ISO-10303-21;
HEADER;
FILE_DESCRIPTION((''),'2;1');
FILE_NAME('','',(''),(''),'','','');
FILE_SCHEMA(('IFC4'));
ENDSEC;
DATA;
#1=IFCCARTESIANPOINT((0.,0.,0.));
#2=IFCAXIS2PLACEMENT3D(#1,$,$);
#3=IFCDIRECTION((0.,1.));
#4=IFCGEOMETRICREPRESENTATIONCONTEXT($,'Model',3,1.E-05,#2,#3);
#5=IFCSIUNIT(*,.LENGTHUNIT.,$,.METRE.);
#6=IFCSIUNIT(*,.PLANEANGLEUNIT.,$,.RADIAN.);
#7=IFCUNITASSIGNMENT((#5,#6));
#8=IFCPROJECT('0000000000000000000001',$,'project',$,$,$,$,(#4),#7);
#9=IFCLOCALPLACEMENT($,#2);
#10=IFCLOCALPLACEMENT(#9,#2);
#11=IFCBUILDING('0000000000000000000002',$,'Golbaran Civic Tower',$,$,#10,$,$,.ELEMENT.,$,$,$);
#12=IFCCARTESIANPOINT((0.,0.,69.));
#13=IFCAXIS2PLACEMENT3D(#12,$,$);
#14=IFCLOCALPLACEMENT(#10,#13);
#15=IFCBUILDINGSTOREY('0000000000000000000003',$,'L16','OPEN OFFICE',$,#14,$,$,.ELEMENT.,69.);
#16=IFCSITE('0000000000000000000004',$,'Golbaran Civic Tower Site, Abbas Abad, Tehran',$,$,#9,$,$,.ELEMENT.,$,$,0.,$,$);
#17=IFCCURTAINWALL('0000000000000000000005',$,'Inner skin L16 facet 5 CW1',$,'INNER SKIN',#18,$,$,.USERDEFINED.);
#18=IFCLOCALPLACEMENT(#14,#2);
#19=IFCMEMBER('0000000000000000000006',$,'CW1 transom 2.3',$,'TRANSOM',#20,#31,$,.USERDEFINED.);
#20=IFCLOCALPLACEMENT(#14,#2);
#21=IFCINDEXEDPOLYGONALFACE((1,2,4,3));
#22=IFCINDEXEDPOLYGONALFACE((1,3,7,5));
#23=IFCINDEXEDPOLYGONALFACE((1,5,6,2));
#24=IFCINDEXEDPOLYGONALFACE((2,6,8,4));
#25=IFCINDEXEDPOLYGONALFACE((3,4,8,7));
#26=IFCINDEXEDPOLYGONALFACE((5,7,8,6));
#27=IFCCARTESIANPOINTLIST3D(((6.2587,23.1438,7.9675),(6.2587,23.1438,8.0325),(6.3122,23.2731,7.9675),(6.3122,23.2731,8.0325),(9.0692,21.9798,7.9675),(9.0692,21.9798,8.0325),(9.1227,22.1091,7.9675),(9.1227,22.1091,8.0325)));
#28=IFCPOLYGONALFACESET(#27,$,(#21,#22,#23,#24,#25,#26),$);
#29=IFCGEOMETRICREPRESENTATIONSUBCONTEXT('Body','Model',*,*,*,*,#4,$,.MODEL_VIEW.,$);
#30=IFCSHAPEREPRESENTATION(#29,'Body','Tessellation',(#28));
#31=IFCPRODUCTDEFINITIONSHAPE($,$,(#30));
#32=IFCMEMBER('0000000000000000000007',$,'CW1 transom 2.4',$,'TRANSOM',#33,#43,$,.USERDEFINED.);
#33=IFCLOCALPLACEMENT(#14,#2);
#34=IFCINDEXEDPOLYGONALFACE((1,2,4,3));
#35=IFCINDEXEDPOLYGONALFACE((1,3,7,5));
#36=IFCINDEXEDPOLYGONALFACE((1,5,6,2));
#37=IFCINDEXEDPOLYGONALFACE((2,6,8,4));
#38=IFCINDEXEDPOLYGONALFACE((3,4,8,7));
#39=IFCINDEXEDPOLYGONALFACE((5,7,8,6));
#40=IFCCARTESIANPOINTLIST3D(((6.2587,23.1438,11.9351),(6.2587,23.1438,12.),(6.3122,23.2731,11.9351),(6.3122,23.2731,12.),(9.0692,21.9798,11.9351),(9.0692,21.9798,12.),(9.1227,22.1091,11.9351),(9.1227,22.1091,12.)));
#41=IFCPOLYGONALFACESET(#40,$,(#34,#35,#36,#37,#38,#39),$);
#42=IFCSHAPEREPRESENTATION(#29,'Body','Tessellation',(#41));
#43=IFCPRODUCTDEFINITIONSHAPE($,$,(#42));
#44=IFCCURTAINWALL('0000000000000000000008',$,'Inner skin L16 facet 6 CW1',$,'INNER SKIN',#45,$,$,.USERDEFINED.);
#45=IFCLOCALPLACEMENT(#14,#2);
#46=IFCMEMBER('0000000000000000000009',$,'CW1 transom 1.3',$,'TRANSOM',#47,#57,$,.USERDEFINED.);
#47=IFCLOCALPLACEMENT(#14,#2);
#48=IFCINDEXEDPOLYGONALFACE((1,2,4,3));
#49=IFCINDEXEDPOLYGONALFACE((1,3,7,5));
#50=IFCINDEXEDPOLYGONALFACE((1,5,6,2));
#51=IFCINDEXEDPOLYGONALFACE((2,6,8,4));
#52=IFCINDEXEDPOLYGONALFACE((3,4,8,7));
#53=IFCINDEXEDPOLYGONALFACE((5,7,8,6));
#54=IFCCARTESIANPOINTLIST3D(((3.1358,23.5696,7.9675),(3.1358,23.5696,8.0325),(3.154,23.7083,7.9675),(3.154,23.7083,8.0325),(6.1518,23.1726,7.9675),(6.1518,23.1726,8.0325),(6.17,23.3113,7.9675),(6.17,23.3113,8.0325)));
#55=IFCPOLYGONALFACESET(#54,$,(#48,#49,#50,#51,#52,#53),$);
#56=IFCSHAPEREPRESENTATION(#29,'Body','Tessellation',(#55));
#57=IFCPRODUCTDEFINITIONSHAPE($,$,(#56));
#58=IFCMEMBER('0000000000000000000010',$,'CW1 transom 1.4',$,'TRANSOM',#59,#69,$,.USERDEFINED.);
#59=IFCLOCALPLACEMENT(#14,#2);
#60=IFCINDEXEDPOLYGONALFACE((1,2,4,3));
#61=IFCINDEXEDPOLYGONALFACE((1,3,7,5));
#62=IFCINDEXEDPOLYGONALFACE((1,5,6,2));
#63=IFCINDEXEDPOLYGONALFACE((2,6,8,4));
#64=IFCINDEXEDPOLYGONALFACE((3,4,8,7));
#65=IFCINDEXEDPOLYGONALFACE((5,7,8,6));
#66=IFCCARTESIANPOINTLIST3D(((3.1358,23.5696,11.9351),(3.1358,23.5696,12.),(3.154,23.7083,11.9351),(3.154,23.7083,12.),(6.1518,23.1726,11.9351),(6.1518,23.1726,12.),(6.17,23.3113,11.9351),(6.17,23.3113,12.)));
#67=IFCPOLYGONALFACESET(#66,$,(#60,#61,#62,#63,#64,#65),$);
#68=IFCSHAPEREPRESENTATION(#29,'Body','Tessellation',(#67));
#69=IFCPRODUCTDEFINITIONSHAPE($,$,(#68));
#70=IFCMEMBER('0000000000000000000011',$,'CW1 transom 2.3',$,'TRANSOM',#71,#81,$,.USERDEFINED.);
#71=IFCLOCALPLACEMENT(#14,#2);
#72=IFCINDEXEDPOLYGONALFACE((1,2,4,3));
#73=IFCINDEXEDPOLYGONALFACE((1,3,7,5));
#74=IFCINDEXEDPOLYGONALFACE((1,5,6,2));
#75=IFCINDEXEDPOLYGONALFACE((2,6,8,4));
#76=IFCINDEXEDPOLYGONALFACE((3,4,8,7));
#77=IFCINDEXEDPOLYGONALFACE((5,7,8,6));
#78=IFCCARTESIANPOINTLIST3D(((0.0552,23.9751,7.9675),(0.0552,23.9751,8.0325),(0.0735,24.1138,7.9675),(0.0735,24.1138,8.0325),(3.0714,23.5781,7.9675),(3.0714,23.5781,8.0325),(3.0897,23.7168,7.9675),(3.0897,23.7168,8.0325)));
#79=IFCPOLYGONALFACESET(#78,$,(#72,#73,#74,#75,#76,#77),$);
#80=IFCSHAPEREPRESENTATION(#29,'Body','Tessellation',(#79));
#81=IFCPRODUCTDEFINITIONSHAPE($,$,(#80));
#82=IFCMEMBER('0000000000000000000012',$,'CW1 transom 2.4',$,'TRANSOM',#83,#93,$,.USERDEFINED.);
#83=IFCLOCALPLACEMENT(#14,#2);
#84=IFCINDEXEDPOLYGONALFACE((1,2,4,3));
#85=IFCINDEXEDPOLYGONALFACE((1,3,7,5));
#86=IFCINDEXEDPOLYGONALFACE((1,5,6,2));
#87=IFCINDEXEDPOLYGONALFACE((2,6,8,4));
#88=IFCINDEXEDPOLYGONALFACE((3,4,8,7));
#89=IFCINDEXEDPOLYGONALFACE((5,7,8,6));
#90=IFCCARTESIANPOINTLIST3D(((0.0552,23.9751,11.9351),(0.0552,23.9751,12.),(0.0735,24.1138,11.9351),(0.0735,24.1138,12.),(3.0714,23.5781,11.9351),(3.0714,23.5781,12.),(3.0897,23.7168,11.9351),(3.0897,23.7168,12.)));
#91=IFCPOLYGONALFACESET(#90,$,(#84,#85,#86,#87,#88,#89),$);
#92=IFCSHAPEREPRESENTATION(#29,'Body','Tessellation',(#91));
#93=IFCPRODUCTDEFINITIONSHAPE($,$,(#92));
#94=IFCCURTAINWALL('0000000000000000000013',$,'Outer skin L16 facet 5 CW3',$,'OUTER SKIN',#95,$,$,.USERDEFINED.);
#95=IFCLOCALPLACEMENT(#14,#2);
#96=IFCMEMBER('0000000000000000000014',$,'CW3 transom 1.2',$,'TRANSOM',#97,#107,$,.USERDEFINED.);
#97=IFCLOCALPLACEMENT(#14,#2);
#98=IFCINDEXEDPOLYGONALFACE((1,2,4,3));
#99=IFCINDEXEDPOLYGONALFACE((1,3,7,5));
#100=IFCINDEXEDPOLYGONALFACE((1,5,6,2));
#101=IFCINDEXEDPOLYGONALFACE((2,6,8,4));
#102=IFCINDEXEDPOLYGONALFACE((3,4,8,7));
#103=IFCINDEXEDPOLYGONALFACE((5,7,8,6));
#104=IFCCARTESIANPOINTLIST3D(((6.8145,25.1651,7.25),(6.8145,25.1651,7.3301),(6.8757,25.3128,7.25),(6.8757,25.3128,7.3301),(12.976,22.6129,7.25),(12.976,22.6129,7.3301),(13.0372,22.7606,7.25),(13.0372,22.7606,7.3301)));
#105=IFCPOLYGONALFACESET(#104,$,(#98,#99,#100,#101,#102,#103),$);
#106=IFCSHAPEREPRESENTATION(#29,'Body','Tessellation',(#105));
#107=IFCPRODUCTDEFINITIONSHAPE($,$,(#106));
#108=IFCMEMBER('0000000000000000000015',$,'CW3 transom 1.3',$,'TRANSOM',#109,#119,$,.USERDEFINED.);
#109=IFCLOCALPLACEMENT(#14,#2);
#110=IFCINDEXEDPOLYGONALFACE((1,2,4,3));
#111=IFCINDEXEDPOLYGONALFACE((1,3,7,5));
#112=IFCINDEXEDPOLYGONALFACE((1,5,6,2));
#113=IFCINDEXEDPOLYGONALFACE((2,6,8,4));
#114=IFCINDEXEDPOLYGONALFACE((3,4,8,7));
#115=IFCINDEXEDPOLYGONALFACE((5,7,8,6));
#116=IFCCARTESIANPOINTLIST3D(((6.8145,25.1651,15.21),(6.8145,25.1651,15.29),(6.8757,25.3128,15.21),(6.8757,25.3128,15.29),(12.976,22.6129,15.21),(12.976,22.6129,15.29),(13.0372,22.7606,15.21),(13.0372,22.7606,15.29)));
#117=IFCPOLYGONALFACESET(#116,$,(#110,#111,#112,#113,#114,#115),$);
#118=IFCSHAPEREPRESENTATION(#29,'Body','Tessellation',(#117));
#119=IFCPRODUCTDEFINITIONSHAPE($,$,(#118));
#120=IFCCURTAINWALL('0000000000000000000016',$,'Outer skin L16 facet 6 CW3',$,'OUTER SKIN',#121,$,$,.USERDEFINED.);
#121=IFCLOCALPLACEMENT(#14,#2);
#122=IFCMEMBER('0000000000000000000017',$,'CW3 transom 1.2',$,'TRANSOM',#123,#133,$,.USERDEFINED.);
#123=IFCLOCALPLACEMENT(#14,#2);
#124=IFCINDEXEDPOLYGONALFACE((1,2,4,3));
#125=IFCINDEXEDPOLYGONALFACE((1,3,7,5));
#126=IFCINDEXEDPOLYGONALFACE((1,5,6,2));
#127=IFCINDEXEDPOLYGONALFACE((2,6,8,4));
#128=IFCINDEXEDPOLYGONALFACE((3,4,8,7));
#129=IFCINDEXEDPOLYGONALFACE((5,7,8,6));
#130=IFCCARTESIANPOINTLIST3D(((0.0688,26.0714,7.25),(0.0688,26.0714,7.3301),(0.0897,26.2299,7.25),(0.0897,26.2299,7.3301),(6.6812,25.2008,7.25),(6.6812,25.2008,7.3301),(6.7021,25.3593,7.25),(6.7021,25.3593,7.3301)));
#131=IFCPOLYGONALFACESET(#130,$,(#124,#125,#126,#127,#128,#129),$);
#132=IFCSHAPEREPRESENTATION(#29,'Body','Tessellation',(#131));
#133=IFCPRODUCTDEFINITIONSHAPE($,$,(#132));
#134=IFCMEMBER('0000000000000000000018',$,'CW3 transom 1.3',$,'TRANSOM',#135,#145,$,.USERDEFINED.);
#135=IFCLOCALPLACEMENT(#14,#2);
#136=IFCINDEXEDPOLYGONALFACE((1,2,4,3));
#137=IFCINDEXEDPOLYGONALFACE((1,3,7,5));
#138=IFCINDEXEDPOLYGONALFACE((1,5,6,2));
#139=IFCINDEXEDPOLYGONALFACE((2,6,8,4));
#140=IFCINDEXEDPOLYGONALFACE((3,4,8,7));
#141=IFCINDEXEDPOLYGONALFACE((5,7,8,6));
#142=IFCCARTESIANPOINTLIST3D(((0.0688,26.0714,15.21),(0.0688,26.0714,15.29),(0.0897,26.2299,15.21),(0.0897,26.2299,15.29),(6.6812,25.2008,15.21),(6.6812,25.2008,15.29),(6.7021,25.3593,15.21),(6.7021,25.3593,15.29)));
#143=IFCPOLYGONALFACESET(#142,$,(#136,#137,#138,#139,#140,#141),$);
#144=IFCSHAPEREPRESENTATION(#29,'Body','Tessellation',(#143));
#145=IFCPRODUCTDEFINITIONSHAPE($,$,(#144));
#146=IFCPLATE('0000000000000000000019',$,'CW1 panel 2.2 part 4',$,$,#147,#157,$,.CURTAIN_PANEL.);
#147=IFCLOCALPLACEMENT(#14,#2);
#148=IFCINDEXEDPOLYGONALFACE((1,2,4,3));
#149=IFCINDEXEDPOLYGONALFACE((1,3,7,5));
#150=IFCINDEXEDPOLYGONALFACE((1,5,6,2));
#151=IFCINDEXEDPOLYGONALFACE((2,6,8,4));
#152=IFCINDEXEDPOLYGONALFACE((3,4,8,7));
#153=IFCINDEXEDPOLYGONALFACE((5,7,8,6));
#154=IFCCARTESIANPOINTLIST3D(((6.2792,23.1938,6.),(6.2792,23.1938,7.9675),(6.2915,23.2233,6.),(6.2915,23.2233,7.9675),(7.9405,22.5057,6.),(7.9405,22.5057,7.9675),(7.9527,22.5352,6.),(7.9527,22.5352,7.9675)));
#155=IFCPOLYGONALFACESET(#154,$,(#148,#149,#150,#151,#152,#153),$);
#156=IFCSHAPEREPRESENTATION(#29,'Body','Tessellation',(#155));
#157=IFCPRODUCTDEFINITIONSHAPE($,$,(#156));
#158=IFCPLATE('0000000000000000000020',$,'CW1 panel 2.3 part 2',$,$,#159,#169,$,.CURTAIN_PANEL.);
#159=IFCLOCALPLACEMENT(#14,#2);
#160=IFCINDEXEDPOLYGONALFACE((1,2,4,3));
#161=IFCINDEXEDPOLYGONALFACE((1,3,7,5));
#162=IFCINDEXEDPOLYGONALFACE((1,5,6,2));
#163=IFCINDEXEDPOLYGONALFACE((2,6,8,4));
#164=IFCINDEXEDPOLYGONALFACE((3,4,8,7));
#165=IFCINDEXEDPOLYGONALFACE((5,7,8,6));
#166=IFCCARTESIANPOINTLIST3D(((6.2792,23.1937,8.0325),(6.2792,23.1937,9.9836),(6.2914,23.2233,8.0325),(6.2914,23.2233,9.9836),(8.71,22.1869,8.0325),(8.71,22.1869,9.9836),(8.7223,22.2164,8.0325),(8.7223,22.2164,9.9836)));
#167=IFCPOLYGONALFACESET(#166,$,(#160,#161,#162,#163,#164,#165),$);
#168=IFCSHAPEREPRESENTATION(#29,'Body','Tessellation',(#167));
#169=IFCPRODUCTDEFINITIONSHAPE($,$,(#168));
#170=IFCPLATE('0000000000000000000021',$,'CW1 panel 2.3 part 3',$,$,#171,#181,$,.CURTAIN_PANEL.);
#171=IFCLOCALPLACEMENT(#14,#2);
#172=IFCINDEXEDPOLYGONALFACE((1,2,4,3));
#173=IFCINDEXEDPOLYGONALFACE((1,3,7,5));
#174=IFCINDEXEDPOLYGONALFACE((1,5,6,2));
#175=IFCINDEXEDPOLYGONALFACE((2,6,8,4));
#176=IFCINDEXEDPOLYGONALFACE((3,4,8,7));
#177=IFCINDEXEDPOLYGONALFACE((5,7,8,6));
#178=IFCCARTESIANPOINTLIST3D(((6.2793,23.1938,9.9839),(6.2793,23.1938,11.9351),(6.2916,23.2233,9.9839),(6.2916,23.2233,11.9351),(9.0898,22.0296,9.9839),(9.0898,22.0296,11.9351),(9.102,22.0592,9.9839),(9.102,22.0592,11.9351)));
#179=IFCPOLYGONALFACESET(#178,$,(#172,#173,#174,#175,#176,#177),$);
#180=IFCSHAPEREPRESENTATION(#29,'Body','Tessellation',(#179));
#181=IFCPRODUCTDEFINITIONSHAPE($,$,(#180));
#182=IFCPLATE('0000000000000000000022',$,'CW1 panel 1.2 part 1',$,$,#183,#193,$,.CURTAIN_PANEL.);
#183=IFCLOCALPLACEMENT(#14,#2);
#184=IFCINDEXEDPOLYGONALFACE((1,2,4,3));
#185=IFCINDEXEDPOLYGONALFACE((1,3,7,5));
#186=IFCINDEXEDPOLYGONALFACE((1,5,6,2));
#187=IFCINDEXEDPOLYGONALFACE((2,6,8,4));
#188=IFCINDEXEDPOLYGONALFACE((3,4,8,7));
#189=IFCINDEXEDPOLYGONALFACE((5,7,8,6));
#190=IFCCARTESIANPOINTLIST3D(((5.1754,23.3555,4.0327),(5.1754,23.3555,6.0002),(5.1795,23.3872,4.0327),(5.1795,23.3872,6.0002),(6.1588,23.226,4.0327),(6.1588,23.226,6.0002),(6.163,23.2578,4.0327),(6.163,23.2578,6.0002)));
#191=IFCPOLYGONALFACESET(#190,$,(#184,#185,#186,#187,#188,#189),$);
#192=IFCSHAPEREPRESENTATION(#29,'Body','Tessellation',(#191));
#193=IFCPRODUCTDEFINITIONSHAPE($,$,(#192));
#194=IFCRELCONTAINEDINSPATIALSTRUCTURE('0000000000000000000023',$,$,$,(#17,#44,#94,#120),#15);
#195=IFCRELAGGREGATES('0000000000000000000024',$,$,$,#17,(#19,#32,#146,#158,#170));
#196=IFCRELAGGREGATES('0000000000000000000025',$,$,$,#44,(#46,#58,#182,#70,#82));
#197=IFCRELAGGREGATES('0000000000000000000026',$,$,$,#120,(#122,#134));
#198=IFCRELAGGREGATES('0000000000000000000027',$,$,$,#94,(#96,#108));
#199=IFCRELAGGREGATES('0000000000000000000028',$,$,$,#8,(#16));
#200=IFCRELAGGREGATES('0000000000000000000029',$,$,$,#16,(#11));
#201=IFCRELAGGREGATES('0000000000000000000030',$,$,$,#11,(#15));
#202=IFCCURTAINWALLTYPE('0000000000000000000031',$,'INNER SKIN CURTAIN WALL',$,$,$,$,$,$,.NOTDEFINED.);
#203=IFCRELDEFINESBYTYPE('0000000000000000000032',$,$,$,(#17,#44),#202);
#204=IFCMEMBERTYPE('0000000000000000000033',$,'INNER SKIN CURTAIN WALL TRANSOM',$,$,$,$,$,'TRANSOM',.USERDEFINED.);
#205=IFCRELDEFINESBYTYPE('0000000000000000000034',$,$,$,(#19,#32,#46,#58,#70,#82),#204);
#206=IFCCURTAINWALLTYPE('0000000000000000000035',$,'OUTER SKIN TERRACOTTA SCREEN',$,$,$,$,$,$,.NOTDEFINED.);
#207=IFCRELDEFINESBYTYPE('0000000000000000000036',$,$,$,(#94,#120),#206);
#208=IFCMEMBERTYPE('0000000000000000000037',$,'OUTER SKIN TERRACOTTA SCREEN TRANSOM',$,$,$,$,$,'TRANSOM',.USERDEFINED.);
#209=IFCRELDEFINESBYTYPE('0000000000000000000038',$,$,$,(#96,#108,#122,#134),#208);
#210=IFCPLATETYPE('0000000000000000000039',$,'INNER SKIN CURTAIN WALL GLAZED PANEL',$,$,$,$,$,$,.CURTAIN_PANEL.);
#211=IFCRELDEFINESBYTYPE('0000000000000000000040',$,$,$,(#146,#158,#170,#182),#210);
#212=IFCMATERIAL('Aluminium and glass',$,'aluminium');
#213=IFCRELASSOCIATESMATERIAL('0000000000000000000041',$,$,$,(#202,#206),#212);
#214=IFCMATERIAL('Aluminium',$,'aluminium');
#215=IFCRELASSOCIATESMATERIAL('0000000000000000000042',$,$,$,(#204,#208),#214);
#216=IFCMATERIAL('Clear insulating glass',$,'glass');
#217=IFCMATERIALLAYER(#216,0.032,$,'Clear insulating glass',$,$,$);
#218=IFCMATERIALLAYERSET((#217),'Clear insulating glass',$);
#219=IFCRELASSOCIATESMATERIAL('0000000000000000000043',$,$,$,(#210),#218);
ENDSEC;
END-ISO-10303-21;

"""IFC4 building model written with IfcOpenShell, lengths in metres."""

from ifc_helpers import new_model, si_unit, direction, frame, origin, origin_2d, place, context, subcontext, project, spatial, rectangle, extrude, material, layer, layer_set, material_profile, profile_set, type_object, element, aggregate, save


model = new_model("IFC4")

# Units and contexts
model_context = context("Model", 3, precision=1e-05, world=origin(), true_north=direction((0.0, 1.0)))
body_context = subcontext(model_context, "Body", "Model", "MODEL_VIEW")
ifc_project = project(units=[si_unit("LENGTHUNIT", "METRE"), si_unit("PLANEANGLEUNIT", "RADIAN")], contexts=[model_context])

# Site, building, storey
site_placement = place(None, origin())
site = spatial("IfcSite", under=ifc_project, at=site_placement, Name="Golbaran Civic Tower Site, Abbas Abad, Tehran", CompositionType="ELEMENT", RefElevation=0.0)
building_placement = place(site_placement, origin())
building = spatial("IfcBuilding", under=site, at=building_placement, Name="Golbaran Civic Tower", CompositionType="ELEMENT")
storey_placement = place(building_placement, frame((0.0, 0.0, 69.0)))
storey = spatial("IfcBuildingStorey", under=building, at=storey_placement, Name="L16", Description="OPEN OFFICE", CompositionType="ELEMENT", Elevation=69.0)

# Curtain walls, members
ifc_material_1 = material(Name="Aluminium and glass", Category="aluminium")
curtain_wall_type_1 = type_object("IfcCurtainWallType", Name="INNER SKIN CURTAIN WALL", PredefinedType="NOTDEFINED", material=ifc_material_1)
curtain_wall_1_placement = place(storey_placement, origin())
curtain_wall_1 = element("IfcCurtainWall", 1, at=curtain_wall_1_placement, inside=storey, type_object=curtain_wall_type_1, Name="Inner skin L16 facet 5 CW1", ObjectType="INNER SKIN", PredefinedType="USERDEFINED")
ifc_material_2 = material(Name="Aluminium", Category="aluminium")
ifc_material_profile_1 = material_profile(ifc_material_2, rectangle(XDim=0.1399, YDim=0.0649, at=origin_2d()), Name="INNER SKIN CURTAIN WALL TRANSOM")
ifc_profile_set_1 = profile_set([ifc_material_profile_1], Name="Aluminium")
member_type_1 = type_object("IfcMemberType", Name="INNER SKIN CURTAIN WALL TRANSOM", ElementType="TRANSOM", PredefinedType="USERDEFINED", material=ifc_profile_set_1)
member_1_placement = place(storey_placement, frame((9.0959, 22.0444, 8.0), z_axis=(-0.923892, 0.382654, 0.0), x_axis=(-0.382654, -0.923892, 0.0)))
member_1 = element("IfcMember", 2, at=member_1_placement, type_object=member_type_1, Name="CW1 transom 2.3", ObjectType="TRANSOM", PredefinedType="USERDEFINED", context=body_context, shape_type="SweptSolid", body=[
    extrude(rectangle(XDim=0.1399, YDim=0.0649, at=origin_2d()), origin(), (0.0, 0.0, 1.0), 3.042),
])
member_2_placement = place(storey_placement, frame((9.0959, 22.0444, 11.9675), z_axis=(-0.923892, 0.382654, 0.0), x_axis=(-0.382654, -0.923892, 0.0)))
member_2 = element("IfcMember", 3, at=member_2_placement, type_object=member_type_1, Name="CW1 transom 2.4", ObjectType="TRANSOM", PredefinedType="USERDEFINED", context=body_context, shape_type="SweptSolid", body=[
    extrude(rectangle(XDim=0.1399, YDim=0.0649, at=origin_2d()), origin(), (0.0, 0.0, 1.0), 3.042),
])
curtain_wall_2_placement = place(storey_placement, origin())
curtain_wall_2 = element("IfcCurtainWall", 4, at=curtain_wall_2_placement, inside=storey, type_object=curtain_wall_type_1, Name="Inner skin L16 facet 6 CW1", ObjectType="INNER SKIN", PredefinedType="USERDEFINED")
member_3_placement = place(storey_placement, frame((6.1609, 23.2419, 8.0), z_axis=(-0.991448, 0.130502, 0.0), x_axis=(-0.130502, -0.991448, 0.0)))
member_3 = element("IfcMember", 5, at=member_3_placement, type_object=member_type_1, Name="CW1 transom 1.3", ObjectType="TRANSOM", PredefinedType="USERDEFINED", context=body_context, shape_type="SweptSolid", body=[
    extrude(rectangle(XDim=0.1399, YDim=0.0649, at=origin_2d()), origin(), (0.0, 0.0, 1.0), 3.042),
])
member_4_placement = place(storey_placement, frame((6.1609, 23.2419, 11.9675), z_axis=(-0.991448, 0.130502, 0.0), x_axis=(-0.130502, -0.991448, 0.0)))
member_4 = element("IfcMember", 6, at=member_4_placement, type_object=member_type_1, Name="CW1 transom 1.4", ObjectType="TRANSOM", PredefinedType="USERDEFINED", context=body_context, shape_type="SweptSolid", body=[
    extrude(rectangle(XDim=0.1399, YDim=0.0649, at=origin_2d()), origin(), (0.0, 0.0, 1.0), 3.042),
])
member_5_placement = place(storey_placement, frame((3.0806, 23.6475, 8.0), z_axis=(-0.991449, 0.130492, 0.0), x_axis=(-0.130492, -0.991449, 0.0)))
member_5 = element("IfcMember", 7, at=member_5_placement, type_object=member_type_1, Name="CW1 transom 2.3", ObjectType="TRANSOM", PredefinedType="USERDEFINED", context=body_context, shape_type="SweptSolid", body=[
    extrude(rectangle(XDim=0.1399, YDim=0.0649, at=origin_2d()), origin(), (0.0, 0.0, 1.0), 3.0422),
])
member_6_placement = place(storey_placement, frame((3.0806, 23.6475, 11.9675), z_axis=(-0.991449, 0.130492, 0.0), x_axis=(-0.130492, -0.991449, 0.0)))
member_6 = element("IfcMember", 8, at=member_6_placement, type_object=member_type_1, Name="CW1 transom 2.4", ObjectType="TRANSOM", PredefinedType="USERDEFINED", context=body_context, shape_type="SweptSolid", body=[
    extrude(rectangle(XDim=0.1399, YDim=0.0649, at=origin_2d()), origin(), (0.0, 0.0, 1.0), 3.0422),
])
curtain_wall_type_2 = type_object("IfcCurtainWallType", Name="OUTER SKIN TERRACOTTA SCREEN", PredefinedType="NOTDEFINED", material=ifc_material_1)
curtain_wall_3_placement = place(storey_placement, origin())
curtain_wall_3 = element("IfcCurtainWall", 9, at=curtain_wall_3_placement, inside=storey, type_object=curtain_wall_type_2, Name="Outer skin L16 facet 5 CW3", ObjectType="OUTER SKIN", PredefinedType="USERDEFINED")
ifc_material_profile_2 = material_profile(ifc_material_2, rectangle(XDim=0.1599, YDim=0.0801, at=origin_2d()), Name="OUTER SKIN TERRACOTTA SCREEN TRANSOM")
ifc_profile_set_2 = profile_set([ifc_material_profile_2], Name="Aluminium")
member_type_2 = type_object("IfcMemberType", Name="OUTER SKIN TERRACOTTA SCREEN TRANSOM", ElementType="TRANSOM", PredefinedType="USERDEFINED", material=ifc_profile_set_2)
member_7_placement = place(storey_placement, frame((13.0066, 22.6868, 7.29), z_axis=(-0.923879, 0.382686, 0.0), x_axis=(-0.382686, -0.923879, 0.0)))
member_7 = element("IfcMember", 10, at=member_7_placement, type_object=member_type_2, Name="CW3 transom 1.2", ObjectType="TRANSOM", PredefinedType="USERDEFINED", context=body_context, shape_type="SweptSolid", body=[
    extrude(rectangle(XDim=0.1599, YDim=0.0801, at=origin_2d()), origin(), (0.0, 0.0, 1.0), 6.6692),
])
member_8_placement = place(storey_placement, frame((13.0066, 22.6868, 15.25), z_axis=(-0.923879, 0.382686, 0.0), x_axis=(-0.382686, -0.923879, 0.0)))
member_8 = element("IfcMember", 11, at=member_8_placement, type_object=member_type_2, Name="CW3 transom 1.3", ObjectType="TRANSOM", PredefinedType="USERDEFINED", context=body_context, shape_type="SweptSolid", body=[
    extrude(rectangle(XDim=0.1599, YDim=0.0801, at=origin_2d()), origin(), (0.0, 0.0, 1.0), 6.6692),
])
curtain_wall_4_placement = place(storey_placement, origin())
curtain_wall_4 = element("IfcCurtainWall", 12, at=curtain_wall_4_placement, inside=storey, type_object=curtain_wall_type_2, Name="Outer skin L16 facet 6 CW3", ObjectType="OUTER SKIN", PredefinedType="USERDEFINED")
member_9_placement = place(storey_placement, frame((6.6917, 25.28, 7.29), z_axis=(-0.991443, 0.130538, 0.0), x_axis=(-0.130538, -0.991443, 0.0)))
member_9 = element("IfcMember", 13, at=member_9_placement, type_object=member_type_2, Name="CW3 transom 1.2", ObjectType="TRANSOM", PredefinedType="USERDEFINED", context=body_context, shape_type="SweptSolid", body=[
    extrude(rectangle(XDim=0.1599, YDim=0.0801, at=origin_2d()), origin(), (0.0, 0.0, 1.0), 6.6694),
])
member_10_placement = place(storey_placement, frame((6.6917, 25.28, 15.25), z_axis=(-0.991443, 0.130538, 0.0), x_axis=(-0.130538, -0.991443, 0.0)))
member_10 = element("IfcMember", 14, at=member_10_placement, type_object=member_type_2, Name="CW3 transom 1.3", ObjectType="TRANSOM", PredefinedType="USERDEFINED", context=body_context, shape_type="SweptSolid", body=[
    extrude(rectangle(XDim=0.1599, YDim=0.0801, at=origin_2d()), origin(), (0.0, 0.0, 1.0), 6.6694),
])

# Plates
ifc_material_3 = material(Name="Clear insulating glass", Category="glass")
ifc_layer_1 = layer(ifc_material_3, 0.032, Name="Clear insulating glass")
ifc_layer_set_1 = layer_set([ifc_layer_1], Name="Clear insulating glass")
plate_type_1 = type_object("IfcPlateType", Name="INNER SKIN CURTAIN WALL GLAZED PANEL", PredefinedType="CURTAIN_PANEL", material=ifc_layer_set_1)
plate_1_placement = place(storey_placement, frame((7.116, 22.8645, 6.0), z_axis=(0.0, 0.0, 1.0), x_axis=(-0.92388, 0.382683, 0.0)))
plate_1 = element("IfcPlate", 15, at=plate_1_placement, type_object=plate_type_1, Name="CW1 panel 2.2 part 4", PredefinedType="CURTAIN_PANEL", context=body_context, shape_type="SweptSolid", body=[
    extrude(rectangle(XDim=1.7981, YDim=0.032, at=origin_2d()), origin(), (0.0, 0.0, 1.0), 1.9675),
])
plate_2_placement = place(storey_placement, frame((7.5007, 22.7051, 8.0325), z_axis=(0.0, 0.0, 1.0), x_axis=(-0.92388, 0.382683, 0.0)))
plate_2 = element("IfcPlate", 16, at=plate_2_placement, type_object=plate_type_1, Name="CW1 panel 2.3 part 2", PredefinedType="CURTAIN_PANEL", context=body_context, shape_type="SweptSolid", body=[
    extrude(rectangle(XDim=2.6311, YDim=0.032, at=origin_2d()), origin(), (0.0, 0.0, 1.0), 1.9512),
])
plate_3_placement = place(storey_placement, frame((7.6907, 22.6265, 9.9839), z_axis=(0.0, 0.0, 1.0), x_axis=(-0.92388, 0.382683, 0.0)))
plate_3 = element("IfcPlate", 17, at=plate_3_placement, type_object=plate_type_1, Name="CW1 panel 2.3 part 3", PredefinedType="CURTAIN_PANEL", context=body_context, shape_type="SweptSolid", body=[
    extrude(rectangle(XDim=3.042, YDim=0.032, at=origin_2d()), origin(), (0.0, 0.0, 1.0), 1.9512),
])
plate_4_placement = place(storey_placement, frame((5.6692, 23.3066, 4.0327), z_axis=(0.0, 0.0, 1.0), x_axis=(-0.991445, 0.130526, 0.0)))
plate_4 = element("IfcPlate", 18, at=plate_4_placement, type_object=plate_type_1, Name="CW1 panel 1.2 part 1", PredefinedType="CURTAIN_PANEL", context=body_context, shape_type="SweptSolid", body=[
    extrude(rectangle(XDim=0.9919, YDim=0.032, at=origin_2d()), origin(), (0.0, 0.0, 1.0), 1.9675),
])
aggregate(curtain_wall_1, [member_1, member_2, plate_1, plate_2, plate_3])
aggregate(curtain_wall_2, [member_3, member_4, plate_4, member_5, member_6])

aggregate(curtain_wall_4, [member_9, member_10])
aggregate(curtain_wall_3, [member_7, member_8])

save(model, "model.ifc")
